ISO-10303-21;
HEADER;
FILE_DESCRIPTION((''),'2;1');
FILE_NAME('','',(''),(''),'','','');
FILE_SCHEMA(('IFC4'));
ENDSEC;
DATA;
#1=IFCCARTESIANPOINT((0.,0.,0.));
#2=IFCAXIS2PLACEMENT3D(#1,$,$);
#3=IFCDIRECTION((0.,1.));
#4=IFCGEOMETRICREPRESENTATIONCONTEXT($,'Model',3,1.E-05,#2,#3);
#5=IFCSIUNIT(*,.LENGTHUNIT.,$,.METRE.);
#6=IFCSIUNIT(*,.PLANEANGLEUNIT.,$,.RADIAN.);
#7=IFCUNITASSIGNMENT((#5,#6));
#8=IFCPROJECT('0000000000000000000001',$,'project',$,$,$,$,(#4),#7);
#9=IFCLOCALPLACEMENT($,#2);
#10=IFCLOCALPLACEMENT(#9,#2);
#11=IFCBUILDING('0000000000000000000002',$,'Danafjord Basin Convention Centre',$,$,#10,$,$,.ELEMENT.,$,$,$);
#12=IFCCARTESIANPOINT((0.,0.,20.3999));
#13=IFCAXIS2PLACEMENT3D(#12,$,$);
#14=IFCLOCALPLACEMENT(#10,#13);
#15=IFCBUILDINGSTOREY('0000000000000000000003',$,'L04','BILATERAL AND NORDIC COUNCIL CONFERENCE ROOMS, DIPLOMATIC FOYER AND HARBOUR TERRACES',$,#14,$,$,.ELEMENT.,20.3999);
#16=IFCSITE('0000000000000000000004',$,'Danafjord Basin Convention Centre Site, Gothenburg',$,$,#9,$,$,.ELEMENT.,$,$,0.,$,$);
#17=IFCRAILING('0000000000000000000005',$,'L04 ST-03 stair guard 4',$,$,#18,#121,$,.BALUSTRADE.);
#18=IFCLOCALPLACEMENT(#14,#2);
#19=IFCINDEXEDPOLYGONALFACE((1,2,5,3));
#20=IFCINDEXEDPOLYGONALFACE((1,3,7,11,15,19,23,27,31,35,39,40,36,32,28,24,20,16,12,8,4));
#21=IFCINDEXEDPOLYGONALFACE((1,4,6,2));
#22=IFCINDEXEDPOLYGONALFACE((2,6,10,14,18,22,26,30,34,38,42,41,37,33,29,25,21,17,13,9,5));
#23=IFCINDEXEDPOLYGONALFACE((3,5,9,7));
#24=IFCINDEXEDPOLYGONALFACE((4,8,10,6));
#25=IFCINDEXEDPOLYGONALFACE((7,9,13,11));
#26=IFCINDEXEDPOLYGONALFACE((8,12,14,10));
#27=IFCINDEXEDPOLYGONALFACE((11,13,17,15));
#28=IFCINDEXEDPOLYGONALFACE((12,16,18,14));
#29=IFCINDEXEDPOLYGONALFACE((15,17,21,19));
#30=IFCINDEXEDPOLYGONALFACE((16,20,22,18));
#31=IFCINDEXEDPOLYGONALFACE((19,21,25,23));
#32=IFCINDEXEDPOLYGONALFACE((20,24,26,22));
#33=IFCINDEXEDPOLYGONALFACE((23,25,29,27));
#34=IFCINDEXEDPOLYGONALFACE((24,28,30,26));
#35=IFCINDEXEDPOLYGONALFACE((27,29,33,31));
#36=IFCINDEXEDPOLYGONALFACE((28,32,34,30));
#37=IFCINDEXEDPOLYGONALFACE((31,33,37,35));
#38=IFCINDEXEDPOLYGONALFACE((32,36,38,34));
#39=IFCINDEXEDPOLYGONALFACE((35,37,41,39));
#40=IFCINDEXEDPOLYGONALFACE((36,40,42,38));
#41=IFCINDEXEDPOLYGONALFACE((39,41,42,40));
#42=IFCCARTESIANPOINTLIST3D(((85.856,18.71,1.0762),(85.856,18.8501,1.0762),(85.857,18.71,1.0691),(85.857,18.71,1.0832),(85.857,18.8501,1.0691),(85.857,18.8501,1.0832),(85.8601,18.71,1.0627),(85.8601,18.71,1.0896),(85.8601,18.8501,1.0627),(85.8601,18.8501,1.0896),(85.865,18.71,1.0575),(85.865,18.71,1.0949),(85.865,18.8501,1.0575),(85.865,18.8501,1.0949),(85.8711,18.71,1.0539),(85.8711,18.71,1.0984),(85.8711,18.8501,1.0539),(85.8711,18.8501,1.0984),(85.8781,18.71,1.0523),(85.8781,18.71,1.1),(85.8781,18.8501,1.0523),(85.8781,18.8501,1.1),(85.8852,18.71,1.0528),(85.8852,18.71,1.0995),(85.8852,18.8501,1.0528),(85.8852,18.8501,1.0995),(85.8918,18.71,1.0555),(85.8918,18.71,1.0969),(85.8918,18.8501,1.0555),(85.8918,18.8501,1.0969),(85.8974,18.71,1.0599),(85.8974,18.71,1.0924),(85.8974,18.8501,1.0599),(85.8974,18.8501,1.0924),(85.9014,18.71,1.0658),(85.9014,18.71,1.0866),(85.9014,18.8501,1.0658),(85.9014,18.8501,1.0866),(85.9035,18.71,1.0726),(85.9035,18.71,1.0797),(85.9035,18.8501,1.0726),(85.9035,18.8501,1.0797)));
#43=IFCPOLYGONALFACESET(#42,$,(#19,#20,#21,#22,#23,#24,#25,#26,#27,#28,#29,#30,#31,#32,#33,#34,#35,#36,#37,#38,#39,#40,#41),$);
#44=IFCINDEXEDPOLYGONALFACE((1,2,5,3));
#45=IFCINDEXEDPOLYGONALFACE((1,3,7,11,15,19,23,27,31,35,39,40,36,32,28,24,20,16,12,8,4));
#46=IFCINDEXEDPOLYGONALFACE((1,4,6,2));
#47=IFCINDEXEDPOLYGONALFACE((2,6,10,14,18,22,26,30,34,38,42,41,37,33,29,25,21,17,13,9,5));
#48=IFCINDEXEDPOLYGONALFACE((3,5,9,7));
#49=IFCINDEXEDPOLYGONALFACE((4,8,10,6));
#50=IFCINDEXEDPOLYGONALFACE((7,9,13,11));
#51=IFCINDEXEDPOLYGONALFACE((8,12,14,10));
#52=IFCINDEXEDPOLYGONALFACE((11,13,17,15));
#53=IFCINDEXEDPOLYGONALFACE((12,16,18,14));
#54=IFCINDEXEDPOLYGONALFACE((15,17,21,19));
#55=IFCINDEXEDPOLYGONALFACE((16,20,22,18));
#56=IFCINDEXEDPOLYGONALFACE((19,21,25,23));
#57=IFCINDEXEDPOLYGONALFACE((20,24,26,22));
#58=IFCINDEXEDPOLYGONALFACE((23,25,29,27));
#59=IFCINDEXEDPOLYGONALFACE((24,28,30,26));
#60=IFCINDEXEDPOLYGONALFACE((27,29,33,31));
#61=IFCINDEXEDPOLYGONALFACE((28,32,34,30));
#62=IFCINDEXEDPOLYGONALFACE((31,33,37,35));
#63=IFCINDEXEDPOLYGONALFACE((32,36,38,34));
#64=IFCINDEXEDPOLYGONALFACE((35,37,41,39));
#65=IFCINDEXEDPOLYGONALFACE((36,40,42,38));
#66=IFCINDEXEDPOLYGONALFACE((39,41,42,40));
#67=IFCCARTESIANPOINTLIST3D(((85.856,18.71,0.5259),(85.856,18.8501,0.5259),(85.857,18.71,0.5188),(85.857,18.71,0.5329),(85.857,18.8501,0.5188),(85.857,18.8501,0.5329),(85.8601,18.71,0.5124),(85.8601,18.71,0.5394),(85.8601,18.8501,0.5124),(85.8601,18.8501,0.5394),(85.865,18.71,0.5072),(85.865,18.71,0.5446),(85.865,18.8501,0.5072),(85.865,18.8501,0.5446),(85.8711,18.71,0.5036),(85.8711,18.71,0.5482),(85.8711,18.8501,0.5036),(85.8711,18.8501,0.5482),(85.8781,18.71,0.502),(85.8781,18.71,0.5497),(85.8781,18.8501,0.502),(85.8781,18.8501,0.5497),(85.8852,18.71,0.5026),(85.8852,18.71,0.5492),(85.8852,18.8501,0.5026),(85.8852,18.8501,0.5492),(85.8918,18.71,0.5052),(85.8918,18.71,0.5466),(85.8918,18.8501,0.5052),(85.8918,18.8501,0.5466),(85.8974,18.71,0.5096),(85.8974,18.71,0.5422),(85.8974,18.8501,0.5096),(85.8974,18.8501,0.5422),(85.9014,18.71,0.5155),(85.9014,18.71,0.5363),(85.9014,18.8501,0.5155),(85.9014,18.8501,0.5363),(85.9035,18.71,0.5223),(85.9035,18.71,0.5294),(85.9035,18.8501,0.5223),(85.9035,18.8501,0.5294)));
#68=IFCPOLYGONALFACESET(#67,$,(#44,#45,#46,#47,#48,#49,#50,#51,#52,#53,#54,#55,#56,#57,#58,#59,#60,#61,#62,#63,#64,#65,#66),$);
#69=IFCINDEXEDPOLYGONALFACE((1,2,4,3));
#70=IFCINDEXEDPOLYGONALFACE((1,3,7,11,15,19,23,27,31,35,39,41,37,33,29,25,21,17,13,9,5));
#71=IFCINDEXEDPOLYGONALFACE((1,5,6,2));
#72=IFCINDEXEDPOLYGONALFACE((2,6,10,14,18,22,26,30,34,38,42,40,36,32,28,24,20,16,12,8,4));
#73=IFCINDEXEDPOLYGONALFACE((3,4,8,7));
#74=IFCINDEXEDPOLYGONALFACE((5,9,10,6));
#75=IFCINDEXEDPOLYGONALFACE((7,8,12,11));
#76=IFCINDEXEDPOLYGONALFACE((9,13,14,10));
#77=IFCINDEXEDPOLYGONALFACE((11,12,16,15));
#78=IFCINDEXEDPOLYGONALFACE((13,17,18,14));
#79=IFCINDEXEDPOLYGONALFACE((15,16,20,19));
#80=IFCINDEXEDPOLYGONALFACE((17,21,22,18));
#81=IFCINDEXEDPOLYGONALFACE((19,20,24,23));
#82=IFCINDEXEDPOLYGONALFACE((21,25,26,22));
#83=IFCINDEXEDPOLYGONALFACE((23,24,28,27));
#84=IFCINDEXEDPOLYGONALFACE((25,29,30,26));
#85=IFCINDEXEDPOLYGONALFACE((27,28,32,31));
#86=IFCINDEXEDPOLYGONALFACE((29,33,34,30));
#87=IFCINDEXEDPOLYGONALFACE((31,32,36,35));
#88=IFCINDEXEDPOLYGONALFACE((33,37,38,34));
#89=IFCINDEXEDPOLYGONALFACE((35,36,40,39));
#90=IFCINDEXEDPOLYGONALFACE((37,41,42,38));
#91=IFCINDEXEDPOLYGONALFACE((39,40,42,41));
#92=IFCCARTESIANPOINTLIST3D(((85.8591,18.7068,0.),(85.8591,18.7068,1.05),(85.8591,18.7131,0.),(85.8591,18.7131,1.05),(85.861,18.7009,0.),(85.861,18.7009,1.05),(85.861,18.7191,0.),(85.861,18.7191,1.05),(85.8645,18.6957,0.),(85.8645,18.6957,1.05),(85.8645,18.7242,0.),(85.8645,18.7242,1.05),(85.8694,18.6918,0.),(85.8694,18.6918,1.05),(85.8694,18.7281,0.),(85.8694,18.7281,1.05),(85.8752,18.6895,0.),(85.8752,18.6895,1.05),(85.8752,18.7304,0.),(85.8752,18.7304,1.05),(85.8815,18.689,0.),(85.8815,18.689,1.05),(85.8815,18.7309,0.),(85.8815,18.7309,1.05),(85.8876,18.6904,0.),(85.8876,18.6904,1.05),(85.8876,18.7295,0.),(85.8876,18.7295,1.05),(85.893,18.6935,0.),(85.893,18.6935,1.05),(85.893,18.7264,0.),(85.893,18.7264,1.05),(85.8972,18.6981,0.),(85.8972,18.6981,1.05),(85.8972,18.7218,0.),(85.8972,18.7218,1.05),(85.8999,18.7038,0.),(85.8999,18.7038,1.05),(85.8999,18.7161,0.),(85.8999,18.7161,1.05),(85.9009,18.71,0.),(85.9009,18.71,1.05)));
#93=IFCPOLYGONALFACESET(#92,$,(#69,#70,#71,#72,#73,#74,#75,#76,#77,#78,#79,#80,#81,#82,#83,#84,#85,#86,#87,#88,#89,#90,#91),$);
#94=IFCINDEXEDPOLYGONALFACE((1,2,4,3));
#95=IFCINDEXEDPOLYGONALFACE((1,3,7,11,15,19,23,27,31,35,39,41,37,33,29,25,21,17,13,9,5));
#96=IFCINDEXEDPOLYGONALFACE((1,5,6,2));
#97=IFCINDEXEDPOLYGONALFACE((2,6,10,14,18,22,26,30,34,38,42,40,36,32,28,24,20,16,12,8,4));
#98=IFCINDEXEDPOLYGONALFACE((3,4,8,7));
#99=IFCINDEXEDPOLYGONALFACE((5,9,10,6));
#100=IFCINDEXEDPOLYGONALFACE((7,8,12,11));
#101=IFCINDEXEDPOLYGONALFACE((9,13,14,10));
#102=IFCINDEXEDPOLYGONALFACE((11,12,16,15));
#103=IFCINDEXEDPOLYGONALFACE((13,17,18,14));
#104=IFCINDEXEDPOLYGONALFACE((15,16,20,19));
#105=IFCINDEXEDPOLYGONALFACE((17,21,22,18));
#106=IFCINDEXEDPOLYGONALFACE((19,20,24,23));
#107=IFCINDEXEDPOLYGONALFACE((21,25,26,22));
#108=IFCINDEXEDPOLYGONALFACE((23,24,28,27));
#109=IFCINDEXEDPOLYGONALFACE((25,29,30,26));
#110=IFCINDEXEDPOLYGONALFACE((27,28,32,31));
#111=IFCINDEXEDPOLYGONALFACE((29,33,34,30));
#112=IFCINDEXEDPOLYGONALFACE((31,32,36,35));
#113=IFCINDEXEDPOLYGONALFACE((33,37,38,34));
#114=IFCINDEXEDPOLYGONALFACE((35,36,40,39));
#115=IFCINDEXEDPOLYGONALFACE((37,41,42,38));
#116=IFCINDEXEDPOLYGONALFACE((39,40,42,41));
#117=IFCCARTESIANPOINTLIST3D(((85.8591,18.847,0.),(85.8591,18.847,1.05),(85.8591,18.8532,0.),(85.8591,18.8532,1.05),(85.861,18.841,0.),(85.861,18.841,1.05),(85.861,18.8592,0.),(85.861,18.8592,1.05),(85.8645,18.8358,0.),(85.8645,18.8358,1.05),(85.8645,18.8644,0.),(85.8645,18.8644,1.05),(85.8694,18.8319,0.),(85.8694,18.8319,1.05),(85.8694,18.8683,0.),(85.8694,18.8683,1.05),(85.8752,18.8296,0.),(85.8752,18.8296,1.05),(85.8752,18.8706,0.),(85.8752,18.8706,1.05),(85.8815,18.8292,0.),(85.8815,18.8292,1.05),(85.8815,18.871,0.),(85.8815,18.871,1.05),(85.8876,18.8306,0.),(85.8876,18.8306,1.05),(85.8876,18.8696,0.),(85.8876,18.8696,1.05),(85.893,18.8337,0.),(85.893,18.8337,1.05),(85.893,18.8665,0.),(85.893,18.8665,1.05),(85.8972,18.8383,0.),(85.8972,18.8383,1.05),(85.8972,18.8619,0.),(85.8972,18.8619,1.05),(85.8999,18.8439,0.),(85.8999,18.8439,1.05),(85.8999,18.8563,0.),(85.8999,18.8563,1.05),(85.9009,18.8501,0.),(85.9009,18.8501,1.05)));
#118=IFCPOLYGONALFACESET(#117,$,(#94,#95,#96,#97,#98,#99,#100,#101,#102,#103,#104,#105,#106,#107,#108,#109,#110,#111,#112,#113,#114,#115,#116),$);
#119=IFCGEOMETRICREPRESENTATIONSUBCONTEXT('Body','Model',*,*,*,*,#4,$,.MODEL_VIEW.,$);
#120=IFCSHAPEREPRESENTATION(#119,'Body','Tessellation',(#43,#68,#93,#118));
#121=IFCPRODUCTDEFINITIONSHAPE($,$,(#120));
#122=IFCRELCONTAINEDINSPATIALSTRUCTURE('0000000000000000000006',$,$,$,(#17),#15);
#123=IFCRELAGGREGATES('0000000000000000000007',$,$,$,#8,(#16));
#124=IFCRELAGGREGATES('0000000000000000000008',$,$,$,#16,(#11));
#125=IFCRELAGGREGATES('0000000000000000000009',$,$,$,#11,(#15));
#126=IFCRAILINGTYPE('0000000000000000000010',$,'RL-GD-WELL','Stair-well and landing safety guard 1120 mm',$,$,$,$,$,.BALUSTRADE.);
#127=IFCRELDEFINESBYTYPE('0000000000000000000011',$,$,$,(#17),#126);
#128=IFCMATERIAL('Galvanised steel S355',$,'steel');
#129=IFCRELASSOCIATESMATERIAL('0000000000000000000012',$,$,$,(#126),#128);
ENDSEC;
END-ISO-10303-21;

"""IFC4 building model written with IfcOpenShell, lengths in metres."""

from ifc_helpers import new_model, si_unit, direction, frame, origin, origin_2d, place, context, subcontext, project, spatial, circle, extrude, material, type_object, element, save


model = new_model("IFC4")

# Units and contexts
model_context = context("Model", 3, precision=1e-05, world=origin(), true_north=direction((0.0, 1.0)))
body_context = subcontext(model_context, "Body", "Model", "MODEL_VIEW")
ifc_project = project(units=[si_unit("LENGTHUNIT", "METRE"), si_unit("PLANEANGLEUNIT", "RADIAN")], contexts=[model_context])

# Site, building, storey
site_placement = place(None, origin())
site = spatial("IfcSite", under=ifc_project, at=site_placement, Name="Danafjord Basin Convention Centre Site, Gothenburg", CompositionType="ELEMENT", RefElevation=0.0)
building_placement = place(site_placement, origin())
building = spatial("IfcBuilding", under=site, at=building_placement, Name="Danafjord Basin Convention Centre", CompositionType="ELEMENT")
storey_placement = place(building_placement, frame((0.0, 0.0, 20.3999)))
storey = spatial("IfcBuildingStorey", under=building, at=storey_placement, Name="L04", Description="BILATERAL AND NORDIC COUNCIL CONFERENCE ROOMS, DIPLOMATIC FOYER AND HARBOUR TERRACES", CompositionType="ELEMENT", Elevation=20.3999)

# Railing
ifc_material_1 = material(Name="Galvanised steel S355", Category="steel")
railing_type_1 = type_object("IfcRailingType", Name="RL-GD-WELL", Description="Stair-well and landing safety guard 1120 mm", PredefinedType="BALUSTRADE", material=ifc_material_1)
railing_1_placement = place(storey_placement, frame((85.8799, 18.71, 0.0)))
element("IfcRailing", 1, at=railing_1_placement, inside=storey, type_object=railing_type_1, Name="L04 ST-03 stair guard 4", PredefinedType="BALUSTRADE", context=body_context, shape_type="SweptSolid", body=[
    extrude(circle(Radius=0.0239, at=origin_2d()), frame((0.0, 0.0, 1.0762), z_axis=(0.0, 1.0, 0.0), x_axis=(-1.0, 0.0, 0.0)), (0.0, 0.0, 1.0), 0.1401),
    extrude(circle(Radius=0.0239, at=origin_2d()), frame((0.0, 0.0, 0.5259), z_axis=(0.0, 1.0, 0.0), x_axis=(-1.0, 0.0, 0.0)), (0.0, 0.0, 1.0), 0.1401),
    extrude(circle(Radius=0.021, at=origin_2d()), origin(), (0.0, 0.0, 1.0), 1.05),
    extrude(circle(Radius=0.021, at=origin_2d()), frame((0.0, 0.1401, 0.0)), (0.0, 0.0, 1.0), 1.05),
])

save(model, "model.ifc")
